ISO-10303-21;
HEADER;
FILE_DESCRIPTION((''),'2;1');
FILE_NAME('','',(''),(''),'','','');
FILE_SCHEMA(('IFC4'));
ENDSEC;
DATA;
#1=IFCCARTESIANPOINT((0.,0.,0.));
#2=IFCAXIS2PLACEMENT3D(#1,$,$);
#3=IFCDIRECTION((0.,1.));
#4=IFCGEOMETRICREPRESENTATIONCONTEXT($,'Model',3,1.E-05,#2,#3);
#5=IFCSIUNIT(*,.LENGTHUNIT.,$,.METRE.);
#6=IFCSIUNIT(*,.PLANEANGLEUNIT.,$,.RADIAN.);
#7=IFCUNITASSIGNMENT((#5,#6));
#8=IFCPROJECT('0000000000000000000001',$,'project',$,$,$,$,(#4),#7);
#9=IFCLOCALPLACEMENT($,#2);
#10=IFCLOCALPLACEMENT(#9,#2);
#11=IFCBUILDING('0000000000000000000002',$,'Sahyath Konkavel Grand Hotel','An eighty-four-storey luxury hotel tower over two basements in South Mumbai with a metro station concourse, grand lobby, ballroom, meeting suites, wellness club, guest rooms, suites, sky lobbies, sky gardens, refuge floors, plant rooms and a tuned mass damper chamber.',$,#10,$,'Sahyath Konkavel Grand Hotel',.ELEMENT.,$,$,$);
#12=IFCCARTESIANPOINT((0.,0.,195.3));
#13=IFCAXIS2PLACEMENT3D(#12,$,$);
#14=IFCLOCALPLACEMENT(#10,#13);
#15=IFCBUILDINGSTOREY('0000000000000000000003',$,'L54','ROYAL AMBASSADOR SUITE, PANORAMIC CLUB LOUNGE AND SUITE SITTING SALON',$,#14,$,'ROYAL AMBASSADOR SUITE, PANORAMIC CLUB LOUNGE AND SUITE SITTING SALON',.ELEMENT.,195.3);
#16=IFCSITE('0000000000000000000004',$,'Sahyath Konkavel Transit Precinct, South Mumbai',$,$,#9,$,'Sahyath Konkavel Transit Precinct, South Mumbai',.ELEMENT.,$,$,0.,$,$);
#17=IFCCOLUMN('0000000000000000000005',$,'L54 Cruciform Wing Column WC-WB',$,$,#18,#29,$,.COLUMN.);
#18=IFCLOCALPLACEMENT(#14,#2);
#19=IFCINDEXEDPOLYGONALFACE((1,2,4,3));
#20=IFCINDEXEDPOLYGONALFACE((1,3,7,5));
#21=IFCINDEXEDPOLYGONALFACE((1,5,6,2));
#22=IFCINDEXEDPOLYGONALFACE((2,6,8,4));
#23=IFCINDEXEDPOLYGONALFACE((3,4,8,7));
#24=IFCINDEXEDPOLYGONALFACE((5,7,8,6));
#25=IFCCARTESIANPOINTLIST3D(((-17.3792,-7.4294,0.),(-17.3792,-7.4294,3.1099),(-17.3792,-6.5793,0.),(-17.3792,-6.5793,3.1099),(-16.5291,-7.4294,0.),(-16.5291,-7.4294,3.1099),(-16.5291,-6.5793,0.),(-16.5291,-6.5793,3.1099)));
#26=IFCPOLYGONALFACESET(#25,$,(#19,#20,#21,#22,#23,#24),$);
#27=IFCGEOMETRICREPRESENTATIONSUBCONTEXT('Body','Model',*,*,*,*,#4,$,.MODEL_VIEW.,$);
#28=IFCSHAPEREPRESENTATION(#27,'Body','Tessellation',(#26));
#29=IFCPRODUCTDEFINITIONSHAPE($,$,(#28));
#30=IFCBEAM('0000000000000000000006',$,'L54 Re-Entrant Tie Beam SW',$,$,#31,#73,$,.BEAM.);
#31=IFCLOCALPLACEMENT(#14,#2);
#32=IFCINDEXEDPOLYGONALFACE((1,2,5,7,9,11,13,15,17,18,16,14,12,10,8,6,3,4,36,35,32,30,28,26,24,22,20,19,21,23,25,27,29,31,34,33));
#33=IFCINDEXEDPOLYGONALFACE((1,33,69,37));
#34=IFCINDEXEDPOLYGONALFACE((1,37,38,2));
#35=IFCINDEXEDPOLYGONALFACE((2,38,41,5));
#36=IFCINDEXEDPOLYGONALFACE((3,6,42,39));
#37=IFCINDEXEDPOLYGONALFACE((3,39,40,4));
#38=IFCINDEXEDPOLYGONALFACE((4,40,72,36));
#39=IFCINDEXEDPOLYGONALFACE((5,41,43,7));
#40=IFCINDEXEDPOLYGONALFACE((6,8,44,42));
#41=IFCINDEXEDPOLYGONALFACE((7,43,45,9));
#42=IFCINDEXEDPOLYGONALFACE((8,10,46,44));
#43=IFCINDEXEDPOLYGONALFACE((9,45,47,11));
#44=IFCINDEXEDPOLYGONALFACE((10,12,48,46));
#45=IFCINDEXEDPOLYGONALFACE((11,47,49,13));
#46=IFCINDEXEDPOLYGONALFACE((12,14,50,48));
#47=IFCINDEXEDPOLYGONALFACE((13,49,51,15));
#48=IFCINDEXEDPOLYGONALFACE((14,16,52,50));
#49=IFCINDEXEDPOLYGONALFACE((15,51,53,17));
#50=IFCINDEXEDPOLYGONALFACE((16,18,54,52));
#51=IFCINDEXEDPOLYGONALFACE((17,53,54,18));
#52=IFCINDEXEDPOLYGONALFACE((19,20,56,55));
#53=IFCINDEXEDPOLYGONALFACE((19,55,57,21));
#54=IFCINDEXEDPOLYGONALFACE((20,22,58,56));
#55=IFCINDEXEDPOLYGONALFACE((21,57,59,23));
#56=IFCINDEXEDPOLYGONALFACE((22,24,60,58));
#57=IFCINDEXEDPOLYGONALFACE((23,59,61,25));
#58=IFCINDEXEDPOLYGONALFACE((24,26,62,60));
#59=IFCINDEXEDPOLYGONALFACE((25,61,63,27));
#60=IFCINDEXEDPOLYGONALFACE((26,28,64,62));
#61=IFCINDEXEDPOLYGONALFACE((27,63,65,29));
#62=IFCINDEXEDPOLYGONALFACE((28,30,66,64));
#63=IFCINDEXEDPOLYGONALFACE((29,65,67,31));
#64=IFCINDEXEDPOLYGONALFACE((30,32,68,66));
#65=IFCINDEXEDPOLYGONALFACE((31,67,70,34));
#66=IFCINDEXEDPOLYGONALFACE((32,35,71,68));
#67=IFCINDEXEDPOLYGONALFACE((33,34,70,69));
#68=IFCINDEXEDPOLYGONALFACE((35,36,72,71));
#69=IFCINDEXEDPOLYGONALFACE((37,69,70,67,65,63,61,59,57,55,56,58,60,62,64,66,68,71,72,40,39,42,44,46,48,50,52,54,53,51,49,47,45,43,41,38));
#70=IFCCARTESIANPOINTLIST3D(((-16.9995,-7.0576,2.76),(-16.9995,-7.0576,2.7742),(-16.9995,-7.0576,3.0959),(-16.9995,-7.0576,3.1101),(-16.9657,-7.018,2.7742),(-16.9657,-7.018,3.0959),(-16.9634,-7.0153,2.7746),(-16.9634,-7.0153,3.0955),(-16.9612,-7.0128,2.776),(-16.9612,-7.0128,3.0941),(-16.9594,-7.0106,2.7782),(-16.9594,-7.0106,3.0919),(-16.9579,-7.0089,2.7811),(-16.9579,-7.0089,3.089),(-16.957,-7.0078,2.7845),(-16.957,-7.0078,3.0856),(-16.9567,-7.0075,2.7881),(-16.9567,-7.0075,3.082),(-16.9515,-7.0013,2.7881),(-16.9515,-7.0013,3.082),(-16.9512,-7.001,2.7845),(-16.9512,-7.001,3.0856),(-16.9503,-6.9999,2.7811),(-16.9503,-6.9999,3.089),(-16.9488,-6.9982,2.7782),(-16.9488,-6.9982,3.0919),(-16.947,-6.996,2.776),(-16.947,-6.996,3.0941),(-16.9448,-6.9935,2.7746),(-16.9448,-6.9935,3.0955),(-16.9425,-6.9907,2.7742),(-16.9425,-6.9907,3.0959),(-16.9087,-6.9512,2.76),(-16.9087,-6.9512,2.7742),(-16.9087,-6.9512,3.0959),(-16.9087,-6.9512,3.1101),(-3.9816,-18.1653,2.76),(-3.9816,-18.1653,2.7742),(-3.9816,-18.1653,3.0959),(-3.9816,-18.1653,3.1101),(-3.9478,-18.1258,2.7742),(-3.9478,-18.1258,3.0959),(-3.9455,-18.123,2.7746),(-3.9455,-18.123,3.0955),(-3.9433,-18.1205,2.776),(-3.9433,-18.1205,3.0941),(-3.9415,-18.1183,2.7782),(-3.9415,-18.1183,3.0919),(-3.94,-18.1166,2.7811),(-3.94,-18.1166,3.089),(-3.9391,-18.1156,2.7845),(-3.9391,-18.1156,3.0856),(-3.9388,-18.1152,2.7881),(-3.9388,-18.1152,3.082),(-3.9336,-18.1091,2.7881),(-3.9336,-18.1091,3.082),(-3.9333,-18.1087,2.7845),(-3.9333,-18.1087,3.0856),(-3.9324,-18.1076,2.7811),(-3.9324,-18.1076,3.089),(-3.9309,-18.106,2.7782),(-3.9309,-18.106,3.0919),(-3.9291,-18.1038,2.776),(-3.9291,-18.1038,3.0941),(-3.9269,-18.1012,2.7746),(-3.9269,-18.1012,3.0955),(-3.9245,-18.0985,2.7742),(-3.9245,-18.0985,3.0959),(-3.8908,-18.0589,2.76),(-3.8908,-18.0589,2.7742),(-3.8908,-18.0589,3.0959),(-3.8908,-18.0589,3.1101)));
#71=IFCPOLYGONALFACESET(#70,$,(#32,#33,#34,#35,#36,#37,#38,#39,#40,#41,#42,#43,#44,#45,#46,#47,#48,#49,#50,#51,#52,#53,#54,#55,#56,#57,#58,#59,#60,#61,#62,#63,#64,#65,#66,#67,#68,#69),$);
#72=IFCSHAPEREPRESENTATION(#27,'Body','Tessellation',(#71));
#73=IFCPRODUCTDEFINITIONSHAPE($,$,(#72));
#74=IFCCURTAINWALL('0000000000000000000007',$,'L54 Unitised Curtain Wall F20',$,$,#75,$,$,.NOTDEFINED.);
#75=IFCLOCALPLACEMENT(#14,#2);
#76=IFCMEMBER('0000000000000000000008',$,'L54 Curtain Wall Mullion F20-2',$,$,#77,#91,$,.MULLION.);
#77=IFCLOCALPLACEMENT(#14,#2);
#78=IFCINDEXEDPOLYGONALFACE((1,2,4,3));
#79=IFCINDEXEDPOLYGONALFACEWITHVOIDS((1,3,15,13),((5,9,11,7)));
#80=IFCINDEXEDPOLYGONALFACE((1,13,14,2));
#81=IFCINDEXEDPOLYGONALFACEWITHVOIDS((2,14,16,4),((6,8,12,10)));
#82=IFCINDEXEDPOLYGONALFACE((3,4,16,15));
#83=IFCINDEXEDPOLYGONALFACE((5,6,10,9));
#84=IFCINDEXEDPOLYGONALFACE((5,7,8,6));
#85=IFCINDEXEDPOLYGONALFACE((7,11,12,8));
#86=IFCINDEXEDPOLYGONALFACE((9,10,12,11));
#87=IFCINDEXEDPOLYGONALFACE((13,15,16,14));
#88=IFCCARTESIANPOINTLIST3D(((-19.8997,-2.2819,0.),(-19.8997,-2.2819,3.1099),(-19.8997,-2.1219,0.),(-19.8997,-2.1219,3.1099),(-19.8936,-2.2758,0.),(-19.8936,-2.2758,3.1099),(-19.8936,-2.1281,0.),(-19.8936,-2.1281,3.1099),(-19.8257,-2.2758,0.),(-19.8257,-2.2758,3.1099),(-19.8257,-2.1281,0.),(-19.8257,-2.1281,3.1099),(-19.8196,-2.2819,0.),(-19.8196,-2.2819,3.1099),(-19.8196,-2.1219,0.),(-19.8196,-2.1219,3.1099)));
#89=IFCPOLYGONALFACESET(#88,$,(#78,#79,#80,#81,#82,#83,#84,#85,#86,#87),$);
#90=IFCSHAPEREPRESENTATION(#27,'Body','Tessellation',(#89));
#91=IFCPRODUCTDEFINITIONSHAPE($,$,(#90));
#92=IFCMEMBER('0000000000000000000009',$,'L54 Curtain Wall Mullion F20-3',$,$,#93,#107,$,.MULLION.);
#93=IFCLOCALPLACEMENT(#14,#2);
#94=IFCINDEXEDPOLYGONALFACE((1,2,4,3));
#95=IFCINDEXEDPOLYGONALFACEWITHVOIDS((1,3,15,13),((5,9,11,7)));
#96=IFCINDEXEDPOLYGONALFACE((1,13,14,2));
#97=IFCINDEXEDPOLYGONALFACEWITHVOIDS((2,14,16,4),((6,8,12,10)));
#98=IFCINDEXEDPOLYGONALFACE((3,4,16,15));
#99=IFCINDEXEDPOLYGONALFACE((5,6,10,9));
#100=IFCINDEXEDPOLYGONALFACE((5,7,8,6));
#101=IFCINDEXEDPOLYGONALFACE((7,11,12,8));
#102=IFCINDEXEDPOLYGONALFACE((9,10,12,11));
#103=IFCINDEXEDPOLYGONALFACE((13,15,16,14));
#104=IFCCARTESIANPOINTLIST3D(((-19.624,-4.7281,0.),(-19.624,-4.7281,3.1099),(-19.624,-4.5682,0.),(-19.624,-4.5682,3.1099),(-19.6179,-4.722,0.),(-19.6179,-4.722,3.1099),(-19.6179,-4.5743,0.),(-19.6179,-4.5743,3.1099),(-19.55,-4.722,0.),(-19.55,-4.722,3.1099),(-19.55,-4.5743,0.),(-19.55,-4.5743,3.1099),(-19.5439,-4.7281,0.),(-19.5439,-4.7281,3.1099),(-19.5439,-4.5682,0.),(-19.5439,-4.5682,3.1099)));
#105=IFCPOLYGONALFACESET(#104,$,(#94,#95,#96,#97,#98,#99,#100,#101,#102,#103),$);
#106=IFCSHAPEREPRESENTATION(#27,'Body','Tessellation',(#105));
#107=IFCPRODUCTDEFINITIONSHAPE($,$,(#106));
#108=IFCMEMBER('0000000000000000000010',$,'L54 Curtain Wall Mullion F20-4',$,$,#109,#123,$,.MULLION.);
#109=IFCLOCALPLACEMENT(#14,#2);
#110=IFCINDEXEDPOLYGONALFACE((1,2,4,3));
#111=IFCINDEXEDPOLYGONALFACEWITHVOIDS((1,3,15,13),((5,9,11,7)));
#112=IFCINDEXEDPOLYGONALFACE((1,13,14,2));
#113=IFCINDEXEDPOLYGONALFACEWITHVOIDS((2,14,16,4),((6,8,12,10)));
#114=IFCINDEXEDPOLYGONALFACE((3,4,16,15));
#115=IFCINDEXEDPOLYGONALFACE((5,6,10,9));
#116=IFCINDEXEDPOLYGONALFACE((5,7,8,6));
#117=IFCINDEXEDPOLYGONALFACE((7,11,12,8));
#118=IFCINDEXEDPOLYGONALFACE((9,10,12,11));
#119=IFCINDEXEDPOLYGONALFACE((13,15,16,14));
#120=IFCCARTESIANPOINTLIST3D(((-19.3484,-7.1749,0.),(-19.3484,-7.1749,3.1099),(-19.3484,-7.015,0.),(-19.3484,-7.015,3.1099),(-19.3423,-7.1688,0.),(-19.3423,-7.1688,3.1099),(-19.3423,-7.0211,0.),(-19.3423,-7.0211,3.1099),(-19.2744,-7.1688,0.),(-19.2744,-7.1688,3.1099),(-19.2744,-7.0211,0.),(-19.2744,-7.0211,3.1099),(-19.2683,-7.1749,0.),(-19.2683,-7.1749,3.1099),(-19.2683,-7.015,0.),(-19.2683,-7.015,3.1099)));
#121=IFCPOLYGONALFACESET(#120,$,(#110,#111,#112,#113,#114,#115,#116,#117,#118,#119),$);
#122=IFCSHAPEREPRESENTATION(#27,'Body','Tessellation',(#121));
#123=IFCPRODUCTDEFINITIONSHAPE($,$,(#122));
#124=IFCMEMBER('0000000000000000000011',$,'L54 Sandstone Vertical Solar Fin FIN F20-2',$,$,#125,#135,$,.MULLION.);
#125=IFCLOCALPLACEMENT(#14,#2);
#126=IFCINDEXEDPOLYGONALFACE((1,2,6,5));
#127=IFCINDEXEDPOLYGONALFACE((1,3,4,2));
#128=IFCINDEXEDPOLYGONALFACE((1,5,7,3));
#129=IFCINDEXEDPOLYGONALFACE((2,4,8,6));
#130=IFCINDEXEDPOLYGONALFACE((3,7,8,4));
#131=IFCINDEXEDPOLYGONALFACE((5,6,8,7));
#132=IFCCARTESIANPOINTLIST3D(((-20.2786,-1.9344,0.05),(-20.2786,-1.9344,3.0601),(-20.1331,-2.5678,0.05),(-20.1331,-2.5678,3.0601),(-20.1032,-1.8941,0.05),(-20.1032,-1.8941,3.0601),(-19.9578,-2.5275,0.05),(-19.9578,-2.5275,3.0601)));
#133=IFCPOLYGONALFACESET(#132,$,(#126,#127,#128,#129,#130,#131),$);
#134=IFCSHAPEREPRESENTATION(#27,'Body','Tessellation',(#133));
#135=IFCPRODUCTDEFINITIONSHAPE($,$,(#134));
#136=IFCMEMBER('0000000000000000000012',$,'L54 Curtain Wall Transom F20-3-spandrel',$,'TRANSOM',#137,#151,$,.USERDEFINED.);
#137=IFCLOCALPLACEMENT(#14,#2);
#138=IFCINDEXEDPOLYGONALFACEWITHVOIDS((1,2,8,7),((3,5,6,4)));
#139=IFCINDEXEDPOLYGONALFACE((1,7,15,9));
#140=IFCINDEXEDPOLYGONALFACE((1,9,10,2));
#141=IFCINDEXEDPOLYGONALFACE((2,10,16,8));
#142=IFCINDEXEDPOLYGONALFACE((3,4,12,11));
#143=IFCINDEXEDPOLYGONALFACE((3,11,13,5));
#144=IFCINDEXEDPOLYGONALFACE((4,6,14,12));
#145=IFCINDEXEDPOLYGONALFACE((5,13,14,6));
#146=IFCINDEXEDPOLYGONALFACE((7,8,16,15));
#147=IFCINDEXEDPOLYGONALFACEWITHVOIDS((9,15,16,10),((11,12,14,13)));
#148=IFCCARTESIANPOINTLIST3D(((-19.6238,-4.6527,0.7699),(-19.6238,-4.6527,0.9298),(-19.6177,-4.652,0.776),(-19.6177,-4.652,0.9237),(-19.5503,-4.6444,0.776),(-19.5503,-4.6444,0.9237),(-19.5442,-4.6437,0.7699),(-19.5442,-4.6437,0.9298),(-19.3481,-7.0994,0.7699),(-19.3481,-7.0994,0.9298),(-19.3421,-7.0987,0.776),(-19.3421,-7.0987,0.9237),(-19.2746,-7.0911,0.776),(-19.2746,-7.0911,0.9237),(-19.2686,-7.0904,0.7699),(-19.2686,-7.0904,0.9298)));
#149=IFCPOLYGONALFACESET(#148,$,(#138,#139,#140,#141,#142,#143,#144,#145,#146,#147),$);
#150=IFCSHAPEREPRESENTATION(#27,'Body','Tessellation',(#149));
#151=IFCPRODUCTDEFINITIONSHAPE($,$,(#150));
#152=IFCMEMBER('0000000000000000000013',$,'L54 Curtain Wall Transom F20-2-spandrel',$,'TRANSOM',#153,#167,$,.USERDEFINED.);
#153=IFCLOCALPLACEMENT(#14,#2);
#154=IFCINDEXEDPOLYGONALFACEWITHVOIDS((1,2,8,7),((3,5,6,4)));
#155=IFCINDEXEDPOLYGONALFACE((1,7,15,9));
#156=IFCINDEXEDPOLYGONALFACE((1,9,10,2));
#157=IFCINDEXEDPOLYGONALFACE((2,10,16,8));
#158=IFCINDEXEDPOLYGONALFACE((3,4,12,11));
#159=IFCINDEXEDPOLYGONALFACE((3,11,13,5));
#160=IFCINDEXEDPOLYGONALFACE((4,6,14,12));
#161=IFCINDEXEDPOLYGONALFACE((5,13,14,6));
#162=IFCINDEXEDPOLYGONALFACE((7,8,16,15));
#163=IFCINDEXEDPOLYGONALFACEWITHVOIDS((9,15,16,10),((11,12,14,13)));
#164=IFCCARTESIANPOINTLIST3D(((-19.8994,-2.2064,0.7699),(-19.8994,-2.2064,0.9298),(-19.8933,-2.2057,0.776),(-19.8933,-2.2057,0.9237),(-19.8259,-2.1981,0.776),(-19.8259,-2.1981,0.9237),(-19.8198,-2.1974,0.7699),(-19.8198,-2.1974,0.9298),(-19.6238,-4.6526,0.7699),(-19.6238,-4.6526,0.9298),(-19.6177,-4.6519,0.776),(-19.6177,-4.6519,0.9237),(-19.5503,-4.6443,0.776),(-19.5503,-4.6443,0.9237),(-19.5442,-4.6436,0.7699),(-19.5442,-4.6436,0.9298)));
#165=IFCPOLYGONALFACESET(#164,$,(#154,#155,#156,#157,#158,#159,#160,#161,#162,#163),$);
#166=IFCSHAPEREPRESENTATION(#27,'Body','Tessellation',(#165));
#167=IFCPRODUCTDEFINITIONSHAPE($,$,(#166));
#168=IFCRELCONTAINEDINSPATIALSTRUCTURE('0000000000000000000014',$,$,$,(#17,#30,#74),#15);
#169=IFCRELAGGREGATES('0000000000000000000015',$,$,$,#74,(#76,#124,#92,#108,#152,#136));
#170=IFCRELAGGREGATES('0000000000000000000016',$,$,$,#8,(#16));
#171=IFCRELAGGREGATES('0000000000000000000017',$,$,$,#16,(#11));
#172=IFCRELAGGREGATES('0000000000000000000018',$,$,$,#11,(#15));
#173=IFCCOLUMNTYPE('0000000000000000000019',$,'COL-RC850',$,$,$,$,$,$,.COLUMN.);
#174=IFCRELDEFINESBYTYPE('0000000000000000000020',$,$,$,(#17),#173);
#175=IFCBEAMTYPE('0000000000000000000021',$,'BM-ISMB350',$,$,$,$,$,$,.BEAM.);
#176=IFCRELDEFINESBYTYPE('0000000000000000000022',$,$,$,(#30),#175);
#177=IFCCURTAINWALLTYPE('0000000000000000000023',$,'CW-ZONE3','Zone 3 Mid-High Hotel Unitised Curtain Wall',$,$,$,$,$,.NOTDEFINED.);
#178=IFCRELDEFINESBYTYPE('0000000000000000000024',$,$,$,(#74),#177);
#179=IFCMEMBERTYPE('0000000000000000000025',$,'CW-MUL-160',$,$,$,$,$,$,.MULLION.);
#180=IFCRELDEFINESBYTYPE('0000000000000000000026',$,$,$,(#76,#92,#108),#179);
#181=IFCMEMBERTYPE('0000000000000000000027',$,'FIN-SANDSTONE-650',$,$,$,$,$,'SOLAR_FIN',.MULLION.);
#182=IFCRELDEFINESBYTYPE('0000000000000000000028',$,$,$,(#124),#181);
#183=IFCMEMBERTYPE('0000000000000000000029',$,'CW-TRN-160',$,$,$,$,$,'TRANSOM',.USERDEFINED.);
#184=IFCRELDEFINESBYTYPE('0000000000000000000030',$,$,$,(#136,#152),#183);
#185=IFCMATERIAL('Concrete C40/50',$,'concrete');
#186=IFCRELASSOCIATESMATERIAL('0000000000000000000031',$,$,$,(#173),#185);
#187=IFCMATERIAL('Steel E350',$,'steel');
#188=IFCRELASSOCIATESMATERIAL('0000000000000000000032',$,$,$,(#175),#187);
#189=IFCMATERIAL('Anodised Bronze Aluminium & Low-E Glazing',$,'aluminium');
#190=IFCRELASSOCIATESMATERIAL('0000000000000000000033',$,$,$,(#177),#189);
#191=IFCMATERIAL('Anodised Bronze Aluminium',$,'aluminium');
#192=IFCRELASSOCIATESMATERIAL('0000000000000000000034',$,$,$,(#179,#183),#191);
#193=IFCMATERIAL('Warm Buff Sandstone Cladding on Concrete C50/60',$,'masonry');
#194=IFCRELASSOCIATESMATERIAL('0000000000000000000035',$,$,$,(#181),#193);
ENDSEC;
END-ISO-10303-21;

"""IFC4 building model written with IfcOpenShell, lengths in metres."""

from ifc_helpers import new_model, si_unit, direction, frame, origin, origin_2d, place, context, subcontext, project, spatial, rectangle, hollow_rectangle, i_section, extrude, source, transform, mapped, material, material_profile, profile_set, type_object, element, aggregate, save


model = new_model("IFC4")

# Units and contexts
model_context = context("Model", 3, precision=1e-05, world=origin(), true_north=direction((0.0, 1.0)))
body_context = subcontext(model_context, "Body", "Model", "MODEL_VIEW")
ifc_project = project(units=[si_unit("LENGTHUNIT", "METRE"), si_unit("PLANEANGLEUNIT", "RADIAN")], contexts=[model_context])

# Site, building, storey
site_placement = place(None, origin())
site = spatial("IfcSite", under=ifc_project, at=site_placement, Name="Sahyath Konkavel Transit Precinct, South Mumbai", LongName="Sahyath Konkavel Transit Precinct, South Mumbai", CompositionType="ELEMENT", RefElevation=0.0)
building_placement = place(site_placement, origin())
building = spatial("IfcBuilding", under=site, at=building_placement, Name="Sahyath Konkavel Grand Hotel", Description="An eighty-four-storey luxury hotel tower over two basements in South Mumbai with a metro station concourse, grand lobby, ballroom, meeting suites, wellness club, guest rooms, suites, sky lobbies, sky gardens, refuge floors, plant rooms and a tuned mass damper chamber.", LongName="Sahyath Konkavel Grand Hotel", CompositionType="ELEMENT")
storey_placement = place(building_placement, frame((0.0, 0.0, 195.3)))
storey = spatial("IfcBuildingStorey", under=building, at=storey_placement, Name="L54", Description="ROYAL AMBASSADOR SUITE, PANORAMIC CLUB LOUNGE AND SUITE SITTING SALON", LongName="ROYAL AMBASSADOR SUITE, PANORAMIC CLUB LOUNGE AND SUITE SITTING SALON", CompositionType="ELEMENT", Elevation=195.3)

# Column
ifc_material_1 = material(Name="Concrete C40/50", Category="concrete")
ifc_material_profile_1 = material_profile(ifc_material_1, rectangle(XDim=0.8501, YDim=0.8501, at=origin_2d()), Name="RC 850x850")
ifc_profile_set_1 = profile_set([ifc_material_profile_1], Name="Concrete C40/50")
column_type = type_object("IfcColumnType", Name="COL-RC850", PredefinedType="COLUMN", material=ifc_profile_set_1)
shared_shape_1 = source(origin(), body_context, "Body", "SweptSolid", [
    extrude(rectangle(XDim=0.8501, YDim=0.8501, at=origin_2d()), origin(), (0.0, 0.0, 1.0), 3.1099),
])
column_placement = place(storey_placement, frame((-16.9541, -7.0044, 0.0), z_axis=(0.0, 0.0, 1.0), x_axis=(1.0, 0.0, 0.0)))
element("IfcColumn", 1, at=column_placement, inside=storey, type_object=column_type, Name="L54 Cruciform Wing Column WC-WB", PredefinedType="COLUMN", context=body_context, shape_type="MappedRepresentation", body=[
    mapped(shared_shape_1, transform((0.0, 0.0, 0.0), scale=1.0)),
])

# Beam
ifc_material_2 = material(Name="Steel E350", Category="steel")
ifc_material_profile_2 = material_profile(ifc_material_2, i_section(OverallWidth=0.1399, OverallDepth=0.3501, WebThickness=0.0081, FlangeThickness=0.0142, FilletRadius=0.0139, at=origin_2d()), Name="ISMB 350")
ifc_profile_set_2 = profile_set([ifc_material_profile_2], Name="Steel E350")
beam_type_1 = type_object("IfcBeamType", Name="BM-ISMB350", PredefinedType="BEAM", material=ifc_profile_set_2)
shared_shape_2 = source(origin(), body_context, "Body", "SweptSolid", [
    extrude(i_section(OverallWidth=0.1399, OverallDepth=0.3501, WebThickness=0.0081, FlangeThickness=0.0142, FilletRadius=0.0139, at=origin_2d()), origin(), (0.0, 0.0, 1.0), 17.1128),
])
beam_1_placement = place(storey_placement, frame((-16.9541, -7.0044, 2.9351), z_axis=(0.760712, -0.64909, 0.0), x_axis=(0.64909, 0.760712, 0.0)))
element("IfcBeam", 2, at=beam_1_placement, inside=storey, type_object=beam_type_1, Name="L54 Re-Entrant Tie Beam SW", PredefinedType="BEAM", context=body_context, shape_type="MappedRepresentation", body=[
    mapped(shared_shape_2, transform((0.0, 0.0, 0.0), scale=1.0)),
])

# Curtain wall, members
ifc_material_3 = material(Name="Anodised Bronze Aluminium & Low-E Glazing", Category="aluminium")
curtain_wall_type = type_object("IfcCurtainWallType", Name="CW-ZONE3", Description="Zone 3 Mid-High Hotel Unitised Curtain Wall", PredefinedType="NOTDEFINED", material=ifc_material_3)
curtain_wall_1_placement = place(storey_placement, origin())
curtain_wall_1 = element("IfcCurtainWall", 3, at=curtain_wall_1_placement, inside=storey, type_object=curtain_wall_type, Name="L54 Unitised Curtain Wall F20", PredefinedType="NOTDEFINED")
ifc_material_4 = material(Name="Anodised Bronze Aluminium", Category="aluminium")
ifc_material_profile_3 = material_profile(ifc_material_4, hollow_rectangle(XDim=0.0801, YDim=0.1599, WallThickness=0.0061, at=origin_2d()), Name="RHS 160x80x6")
ifc_profile_set_3 = profile_set([ifc_material_profile_3], Name="Anodised Bronze Aluminium")
member_type_1 = type_object("IfcMemberType", Name="CW-MUL-160", PredefinedType="MULLION", material=ifc_profile_set_3)
shared_shape_3 = source(origin(), body_context, "Body", "SweptSolid", [
    extrude(hollow_rectangle(XDim=0.0801, YDim=0.1599, WallThickness=0.0061, at=origin_2d()), origin(), (0.0, 0.0, 1.0), 3.1099),
])
member_1_placement = place(storey_placement, frame((-19.8596, -2.2019, 0.0), z_axis=(0.0, 0.0, 1.0), x_axis=(1.0, 0.0, 0.0)))
member_1 = element("IfcMember", 4, at=member_1_placement, type_object=member_type_1, Name="L54 Curtain Wall Mullion F20-2", PredefinedType="MULLION", context=body_context, shape_type="MappedRepresentation", body=[
    mapped(shared_shape_3, transform((0.0, 0.0, 0.0), scale=1.0)),
])
member_2_placement = place(storey_placement, frame((-19.584, -4.6482, 0.0), z_axis=(0.0, 0.0, 1.0), x_axis=(1.0, 0.0, 0.0)))
member_2 = element("IfcMember", 5, at=member_2_placement, type_object=member_type_1, Name="L54 Curtain Wall Mullion F20-3", PredefinedType="MULLION", context=body_context, shape_type="MappedRepresentation", body=[
    mapped(shared_shape_3, transform((0.0, 0.0, 0.0), scale=1.0)),
])
member_3_placement = place(storey_placement, frame((-19.3083, -7.095, 0.0), z_axis=(0.0, 0.0, 1.0), x_axis=(1.0, 0.0, 0.0)))
member_3 = element("IfcMember", 6, at=member_3_placement, type_object=member_type_1, Name="L54 Curtain Wall Mullion F20-4", PredefinedType="MULLION", context=body_context, shape_type="MappedRepresentation", body=[
    mapped(shared_shape_3, transform((0.0, 0.0, 0.0), scale=1.0)),
])
ifc_material_5 = material(Name="Warm Buff Sandstone Cladding on Concrete C50/60", Category="masonry")
ifc_material_profile_4 = material_profile(ifc_material_5, rectangle(XDim=0.1799, YDim=0.6499, at=origin_2d()), Name="FIN 180x650")
ifc_profile_set_4 = profile_set([ifc_material_profile_4], Name="Warm Buff Sandstone Cladding on Concrete C50/60")
member_type_2 = type_object("IfcMemberType", Name="FIN-SANDSTONE-650", ElementType="SOLAR_FIN", PredefinedType="MULLION", material=ifc_profile_set_4)
shared_shape_4 = source(origin(), body_context, "Body", "SweptSolid", [
    extrude(rectangle(XDim=0.1799, YDim=0.6499, at=origin_2d()), origin(), (0.0, 0.0, 1.0), 3.01),
])
member_4_placement = place(storey_placement, frame((-20.1182, -2.231, 0.05), z_axis=(0.0, 0.0, 1.0), x_axis=(0.974644, 0.22376, 0.0)))
member_4 = element("IfcMember", 7, at=member_4_placement, type_object=member_type_2, Name="L54 Sandstone Vertical Solar Fin FIN F20-2", PredefinedType="MULLION", context=body_context, shape_type="MappedRepresentation", body=[
    mapped(shared_shape_4, transform((0.0, 0.0, 0.0), scale=1.0)),
])
ifc_material_profile_5 = material_profile(ifc_material_4, hollow_rectangle(XDim=0.0801, YDim=0.1599, WallThickness=0.0061, at=origin_2d()), Name="RHS 160x80x6")
ifc_profile_set_5 = profile_set([ifc_material_profile_5], Name="Anodised Bronze Aluminium")
member_type_3 = type_object("IfcMemberType", Name="CW-TRN-160", ElementType="TRANSOM", PredefinedType="USERDEFINED", material=ifc_profile_set_5)
shared_shape_5 = source(origin(), body_context, "Body", "SweptSolid", [
    extrude(hollow_rectangle(XDim=0.0801, YDim=0.1599, WallThickness=0.0061, at=origin_2d()), origin(), (0.0, 0.0, 1.0), 2.4622),
])
member_5_placement = place(storey_placement, frame((-19.584, -4.6482, 0.8499), z_axis=(0.111944, -0.993715, 0.0), x_axis=(0.993715, 0.111944, 0.0)))
member_5 = element("IfcMember", 8, at=member_5_placement, type_object=member_type_3, Name="L54 Curtain Wall Transom F20-3-spandrel", ObjectType="TRANSOM", PredefinedType="USERDEFINED", context=body_context, shape_type="MappedRepresentation", body=[
    mapped(shared_shape_5, transform((0.0, 0.0, 0.0), scale=1.0)),
])
shared_shape_6 = source(origin(), body_context, "Body", "SweptSolid", [
    extrude(hollow_rectangle(XDim=0.0801, YDim=0.1599, WallThickness=0.0061, at=origin_2d()), origin(), (0.0, 0.0, 1.0), 2.4617),
])
member_6_placement = place(storey_placement, frame((-19.8596, -2.2019, 0.8499), z_axis=(0.111966, -0.993712, 0.0), x_axis=(0.993712, 0.111966, 0.0)))
member_6 = element("IfcMember", 9, at=member_6_placement, type_object=member_type_3, Name="L54 Curtain Wall Transom F20-2-spandrel", ObjectType="TRANSOM", PredefinedType="USERDEFINED", context=body_context, shape_type="MappedRepresentation", body=[
    mapped(shared_shape_6, transform((0.0, 0.0, 0.0), scale=1.0)),
])

aggregate(curtain_wall_1, [member_1, member_4, member_2, member_3, member_6, member_5])

save(model, "model.ifc")
